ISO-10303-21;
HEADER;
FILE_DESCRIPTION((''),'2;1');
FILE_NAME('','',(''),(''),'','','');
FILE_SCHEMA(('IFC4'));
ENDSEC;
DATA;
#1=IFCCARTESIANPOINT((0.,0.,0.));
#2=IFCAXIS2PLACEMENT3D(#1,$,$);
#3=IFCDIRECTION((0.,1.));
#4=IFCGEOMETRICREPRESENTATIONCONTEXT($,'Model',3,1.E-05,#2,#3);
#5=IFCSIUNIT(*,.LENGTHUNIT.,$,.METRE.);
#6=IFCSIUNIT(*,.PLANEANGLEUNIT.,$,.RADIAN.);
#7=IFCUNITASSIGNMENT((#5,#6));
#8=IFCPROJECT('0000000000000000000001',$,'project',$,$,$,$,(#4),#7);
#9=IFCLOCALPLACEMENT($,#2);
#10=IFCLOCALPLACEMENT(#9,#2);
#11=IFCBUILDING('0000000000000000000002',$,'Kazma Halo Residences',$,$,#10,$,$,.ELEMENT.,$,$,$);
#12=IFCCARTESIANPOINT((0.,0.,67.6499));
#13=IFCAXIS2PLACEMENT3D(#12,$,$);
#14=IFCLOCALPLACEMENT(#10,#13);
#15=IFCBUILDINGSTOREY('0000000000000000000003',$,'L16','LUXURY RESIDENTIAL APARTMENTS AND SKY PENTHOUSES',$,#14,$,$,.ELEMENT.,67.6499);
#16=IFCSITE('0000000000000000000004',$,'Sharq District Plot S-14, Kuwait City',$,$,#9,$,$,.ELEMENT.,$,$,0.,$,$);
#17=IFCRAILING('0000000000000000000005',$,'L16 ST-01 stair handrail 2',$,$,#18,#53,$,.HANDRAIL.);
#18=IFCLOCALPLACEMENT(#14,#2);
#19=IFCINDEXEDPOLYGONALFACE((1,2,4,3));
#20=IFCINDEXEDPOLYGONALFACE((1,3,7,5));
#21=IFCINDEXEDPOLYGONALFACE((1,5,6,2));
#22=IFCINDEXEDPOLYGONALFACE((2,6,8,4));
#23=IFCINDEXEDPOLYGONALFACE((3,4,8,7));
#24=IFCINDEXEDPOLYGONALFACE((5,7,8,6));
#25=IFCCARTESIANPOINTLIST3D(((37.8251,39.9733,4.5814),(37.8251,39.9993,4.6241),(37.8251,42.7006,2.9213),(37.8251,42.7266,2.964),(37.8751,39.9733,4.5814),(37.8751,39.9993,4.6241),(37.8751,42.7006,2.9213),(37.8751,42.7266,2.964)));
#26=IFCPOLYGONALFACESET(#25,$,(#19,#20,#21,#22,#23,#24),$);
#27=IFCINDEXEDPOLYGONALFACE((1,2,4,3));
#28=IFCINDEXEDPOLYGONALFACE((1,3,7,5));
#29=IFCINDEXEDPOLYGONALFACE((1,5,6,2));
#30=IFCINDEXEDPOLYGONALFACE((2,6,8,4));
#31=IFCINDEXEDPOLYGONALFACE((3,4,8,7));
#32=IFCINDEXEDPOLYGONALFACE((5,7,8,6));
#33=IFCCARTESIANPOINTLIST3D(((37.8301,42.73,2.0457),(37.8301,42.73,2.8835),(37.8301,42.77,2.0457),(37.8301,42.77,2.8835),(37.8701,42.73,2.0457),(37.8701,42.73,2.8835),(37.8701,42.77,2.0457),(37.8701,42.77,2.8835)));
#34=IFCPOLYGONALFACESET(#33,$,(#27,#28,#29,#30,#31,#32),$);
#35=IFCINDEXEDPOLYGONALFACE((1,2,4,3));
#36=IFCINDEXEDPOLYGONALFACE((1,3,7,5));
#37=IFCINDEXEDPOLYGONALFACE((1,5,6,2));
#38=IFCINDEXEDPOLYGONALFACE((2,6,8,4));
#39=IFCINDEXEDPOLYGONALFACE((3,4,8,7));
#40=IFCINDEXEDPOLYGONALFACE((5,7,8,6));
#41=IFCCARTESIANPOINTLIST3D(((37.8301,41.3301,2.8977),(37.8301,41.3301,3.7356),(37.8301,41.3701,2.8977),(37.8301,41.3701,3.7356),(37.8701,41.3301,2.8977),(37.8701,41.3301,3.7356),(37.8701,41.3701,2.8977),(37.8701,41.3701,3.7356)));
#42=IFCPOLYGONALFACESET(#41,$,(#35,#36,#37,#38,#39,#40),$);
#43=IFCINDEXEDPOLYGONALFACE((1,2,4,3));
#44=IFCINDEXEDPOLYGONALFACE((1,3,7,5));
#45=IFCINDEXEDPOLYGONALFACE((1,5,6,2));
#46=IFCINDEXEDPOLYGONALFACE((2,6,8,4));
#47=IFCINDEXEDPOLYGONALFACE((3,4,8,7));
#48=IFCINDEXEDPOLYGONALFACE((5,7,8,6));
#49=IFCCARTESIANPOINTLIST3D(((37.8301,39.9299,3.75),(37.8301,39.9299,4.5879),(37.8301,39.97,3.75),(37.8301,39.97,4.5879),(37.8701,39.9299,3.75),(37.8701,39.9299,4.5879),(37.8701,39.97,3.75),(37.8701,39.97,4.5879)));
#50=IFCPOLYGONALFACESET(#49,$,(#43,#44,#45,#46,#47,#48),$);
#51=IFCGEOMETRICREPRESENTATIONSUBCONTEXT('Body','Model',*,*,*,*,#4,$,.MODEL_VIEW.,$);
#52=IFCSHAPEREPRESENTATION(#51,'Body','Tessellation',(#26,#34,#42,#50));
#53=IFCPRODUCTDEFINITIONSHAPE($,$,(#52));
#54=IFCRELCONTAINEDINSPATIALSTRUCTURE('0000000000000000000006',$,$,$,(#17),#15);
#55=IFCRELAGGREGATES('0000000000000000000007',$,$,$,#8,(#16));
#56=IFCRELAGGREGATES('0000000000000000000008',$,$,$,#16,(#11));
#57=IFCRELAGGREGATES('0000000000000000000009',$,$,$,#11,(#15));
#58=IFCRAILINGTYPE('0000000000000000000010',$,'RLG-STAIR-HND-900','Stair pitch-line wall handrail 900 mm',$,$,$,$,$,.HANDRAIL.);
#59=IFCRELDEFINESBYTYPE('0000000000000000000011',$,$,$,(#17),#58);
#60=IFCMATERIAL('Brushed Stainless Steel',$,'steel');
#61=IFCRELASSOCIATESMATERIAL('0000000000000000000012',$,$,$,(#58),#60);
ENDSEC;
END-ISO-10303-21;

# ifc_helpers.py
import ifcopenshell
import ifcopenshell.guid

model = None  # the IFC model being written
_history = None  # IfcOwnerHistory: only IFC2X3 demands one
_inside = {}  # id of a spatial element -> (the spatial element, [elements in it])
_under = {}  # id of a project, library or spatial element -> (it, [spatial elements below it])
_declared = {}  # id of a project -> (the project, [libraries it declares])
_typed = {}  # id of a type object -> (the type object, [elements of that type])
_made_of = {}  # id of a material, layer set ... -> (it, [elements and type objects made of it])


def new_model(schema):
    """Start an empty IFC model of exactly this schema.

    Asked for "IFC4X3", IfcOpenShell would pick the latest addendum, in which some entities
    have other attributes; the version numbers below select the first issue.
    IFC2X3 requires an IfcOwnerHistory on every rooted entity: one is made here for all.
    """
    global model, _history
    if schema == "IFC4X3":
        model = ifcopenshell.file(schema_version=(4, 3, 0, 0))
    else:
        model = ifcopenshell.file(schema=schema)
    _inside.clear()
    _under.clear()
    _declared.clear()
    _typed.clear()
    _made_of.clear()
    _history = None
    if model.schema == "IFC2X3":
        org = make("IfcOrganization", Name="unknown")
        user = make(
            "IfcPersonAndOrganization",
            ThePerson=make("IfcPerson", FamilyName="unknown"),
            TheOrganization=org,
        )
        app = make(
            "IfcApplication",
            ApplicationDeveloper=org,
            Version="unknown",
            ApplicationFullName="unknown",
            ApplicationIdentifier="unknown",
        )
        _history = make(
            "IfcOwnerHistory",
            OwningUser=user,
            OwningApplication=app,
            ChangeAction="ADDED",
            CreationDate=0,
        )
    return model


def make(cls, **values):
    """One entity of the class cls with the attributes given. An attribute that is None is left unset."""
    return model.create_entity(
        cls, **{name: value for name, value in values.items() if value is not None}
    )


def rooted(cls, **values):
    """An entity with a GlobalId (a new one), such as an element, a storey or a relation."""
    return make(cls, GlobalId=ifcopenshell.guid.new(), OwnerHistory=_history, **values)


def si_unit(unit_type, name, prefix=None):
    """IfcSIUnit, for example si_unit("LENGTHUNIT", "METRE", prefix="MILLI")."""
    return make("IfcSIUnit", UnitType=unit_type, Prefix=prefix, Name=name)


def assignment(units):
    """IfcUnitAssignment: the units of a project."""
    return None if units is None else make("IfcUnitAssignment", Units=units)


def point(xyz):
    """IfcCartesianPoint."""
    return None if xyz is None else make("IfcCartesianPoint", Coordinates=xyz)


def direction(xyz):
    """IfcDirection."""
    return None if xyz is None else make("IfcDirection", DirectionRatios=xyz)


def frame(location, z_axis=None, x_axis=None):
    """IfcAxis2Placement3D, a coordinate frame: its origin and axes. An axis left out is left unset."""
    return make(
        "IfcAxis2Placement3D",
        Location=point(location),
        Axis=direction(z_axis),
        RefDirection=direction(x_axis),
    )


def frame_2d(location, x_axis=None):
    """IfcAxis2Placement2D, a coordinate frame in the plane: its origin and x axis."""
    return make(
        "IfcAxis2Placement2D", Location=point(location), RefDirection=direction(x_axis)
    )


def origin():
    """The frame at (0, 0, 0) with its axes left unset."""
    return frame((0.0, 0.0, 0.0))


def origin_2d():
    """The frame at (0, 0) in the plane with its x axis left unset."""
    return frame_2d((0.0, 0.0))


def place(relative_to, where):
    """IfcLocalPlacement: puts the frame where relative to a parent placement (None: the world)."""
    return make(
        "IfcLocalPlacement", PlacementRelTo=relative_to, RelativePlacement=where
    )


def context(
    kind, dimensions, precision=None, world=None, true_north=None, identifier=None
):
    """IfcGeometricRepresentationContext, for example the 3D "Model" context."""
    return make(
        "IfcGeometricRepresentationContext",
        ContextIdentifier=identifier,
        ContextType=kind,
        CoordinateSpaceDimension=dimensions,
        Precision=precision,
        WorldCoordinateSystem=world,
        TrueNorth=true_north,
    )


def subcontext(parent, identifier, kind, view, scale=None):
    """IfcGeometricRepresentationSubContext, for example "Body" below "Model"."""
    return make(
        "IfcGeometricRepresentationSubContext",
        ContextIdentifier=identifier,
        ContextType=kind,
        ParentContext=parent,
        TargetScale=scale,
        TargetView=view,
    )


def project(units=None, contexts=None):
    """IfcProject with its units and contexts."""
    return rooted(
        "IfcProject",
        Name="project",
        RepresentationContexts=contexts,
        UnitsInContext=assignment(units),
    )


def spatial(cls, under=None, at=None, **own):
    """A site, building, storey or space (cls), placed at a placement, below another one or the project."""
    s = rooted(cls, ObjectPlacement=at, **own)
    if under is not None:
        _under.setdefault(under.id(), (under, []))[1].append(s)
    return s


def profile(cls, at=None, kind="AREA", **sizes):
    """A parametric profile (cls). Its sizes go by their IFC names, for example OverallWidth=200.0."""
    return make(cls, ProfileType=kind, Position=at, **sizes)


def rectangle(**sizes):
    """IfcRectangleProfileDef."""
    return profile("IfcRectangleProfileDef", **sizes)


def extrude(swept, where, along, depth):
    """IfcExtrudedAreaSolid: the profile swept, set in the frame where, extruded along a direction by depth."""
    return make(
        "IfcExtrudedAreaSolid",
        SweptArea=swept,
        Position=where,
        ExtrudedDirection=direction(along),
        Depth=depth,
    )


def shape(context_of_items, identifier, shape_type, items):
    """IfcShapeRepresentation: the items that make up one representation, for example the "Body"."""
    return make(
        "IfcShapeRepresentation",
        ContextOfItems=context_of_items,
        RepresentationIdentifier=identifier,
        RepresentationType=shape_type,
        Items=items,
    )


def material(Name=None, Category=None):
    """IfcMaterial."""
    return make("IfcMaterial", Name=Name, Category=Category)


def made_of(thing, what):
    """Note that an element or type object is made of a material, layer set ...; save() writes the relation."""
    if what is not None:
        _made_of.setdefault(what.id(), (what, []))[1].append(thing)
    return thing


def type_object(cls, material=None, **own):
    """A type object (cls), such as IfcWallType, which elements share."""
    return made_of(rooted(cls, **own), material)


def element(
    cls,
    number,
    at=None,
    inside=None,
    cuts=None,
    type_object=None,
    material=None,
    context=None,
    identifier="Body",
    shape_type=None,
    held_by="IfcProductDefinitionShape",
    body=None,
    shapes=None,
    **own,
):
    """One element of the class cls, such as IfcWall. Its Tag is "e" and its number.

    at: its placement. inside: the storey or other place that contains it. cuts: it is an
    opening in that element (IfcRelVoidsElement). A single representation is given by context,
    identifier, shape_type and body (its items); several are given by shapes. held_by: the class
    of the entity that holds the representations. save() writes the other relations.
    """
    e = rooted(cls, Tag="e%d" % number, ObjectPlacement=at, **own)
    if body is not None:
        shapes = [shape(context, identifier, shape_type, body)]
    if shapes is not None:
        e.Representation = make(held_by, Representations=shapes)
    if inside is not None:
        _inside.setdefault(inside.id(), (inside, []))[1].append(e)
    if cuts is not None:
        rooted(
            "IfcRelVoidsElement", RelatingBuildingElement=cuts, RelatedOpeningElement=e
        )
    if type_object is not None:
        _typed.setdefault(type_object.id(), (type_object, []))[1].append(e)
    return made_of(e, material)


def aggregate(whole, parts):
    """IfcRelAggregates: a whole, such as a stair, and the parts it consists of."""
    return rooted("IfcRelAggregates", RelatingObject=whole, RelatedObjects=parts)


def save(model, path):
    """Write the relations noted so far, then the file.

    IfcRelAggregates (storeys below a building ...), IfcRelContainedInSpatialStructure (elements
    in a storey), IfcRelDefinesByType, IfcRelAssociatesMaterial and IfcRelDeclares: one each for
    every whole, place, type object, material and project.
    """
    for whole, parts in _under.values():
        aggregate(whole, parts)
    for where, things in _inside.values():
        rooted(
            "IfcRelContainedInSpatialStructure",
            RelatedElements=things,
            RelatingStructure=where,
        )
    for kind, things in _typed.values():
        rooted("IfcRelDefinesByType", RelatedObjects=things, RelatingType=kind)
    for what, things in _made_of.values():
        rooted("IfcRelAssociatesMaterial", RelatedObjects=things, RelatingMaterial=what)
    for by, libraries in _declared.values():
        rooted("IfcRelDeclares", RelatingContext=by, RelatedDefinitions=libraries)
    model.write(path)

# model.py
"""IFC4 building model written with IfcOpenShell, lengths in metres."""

from ifc_helpers import new_model, si_unit, direction, frame, origin, origin_2d, place, context, subcontext, project, spatial, rectangle, extrude, material, type_object, element, save


model = new_model("IFC4")

# Units and contexts
model_context = context("Model", 3, precision=1e-05, world=origin(), true_north=direction((0.0, 1.0)))
body_context = subcontext(model_context, "Body", "Model", "MODEL_VIEW")
ifc_project = project(units=[si_unit("LENGTHUNIT", "METRE"), si_unit("PLANEANGLEUNIT", "RADIAN")], contexts=[model_context])

# Site, building, storey
site_placement = place(None, origin())
site = spatial("IfcSite", under=ifc_project, at=site_placement, Name="Sharq District Plot S-14, Kuwait City", CompositionType="ELEMENT", RefElevation=0.0)
building_placement = place(site_placement, origin())
building = spatial("IfcBuilding", under=site, at=building_placement, Name="Kazma Halo Residences", CompositionType="ELEMENT")
storey_placement = place(building_placement, frame((0.0, 0.0, 67.6499)))
storey = spatial("IfcBuildingStorey", under=building, at=storey_placement, Name="L16", Description="LUXURY RESIDENTIAL APARTMENTS AND SKY PENTHOUSES", CompositionType="ELEMENT", Elevation=67.6499)

# Railing
ifc_material_1 = material(Name="Brushed Stainless Steel", Category="steel")
railing_type_1 = type_object("IfcRailingType", Name="RLG-STAIR-HND-900", Description="Stair pitch-line wall handrail 900 mm", PredefinedType="HANDRAIL", material=ifc_material_1)
railing_1_placement = place(storey_placement, frame((37.8501, 42.75, 2.0457)))
element("IfcRailing", 1, at=railing_1_placement, inside=storey, type_object=railing_type_1, Name="L16 ST-01 stair handrail 2", PredefinedType="HANDRAIL", context=body_context, shape_type="SweptSolid", body=[
    extrude(rectangle(XDim=0.05, YDim=0.05, at=origin_2d()), frame((0.0, -0.0364, 0.897), z_axis=(0.0, -0.854203, 0.51994), x_axis=(1.0, 0.0, 0.0)), (0.0, 0.0, 1.0), 3.1929),
    extrude(rectangle(XDim=0.04, YDim=0.04, at=origin_2d()), origin(), (0.0, 0.0, 1.0), 0.8379),
    extrude(rectangle(XDim=0.04, YDim=0.04, at=origin_2d()), frame((0.0, -1.3999, 0.8521)), (0.0, 0.0, 1.0), 0.8379),
    extrude(rectangle(XDim=0.04, YDim=0.04, at=origin_2d()), frame((0.0, -2.8, 1.7043)), (0.0, 0.0, 1.0), 0.8379),
])

save(model, "model.ifc")
